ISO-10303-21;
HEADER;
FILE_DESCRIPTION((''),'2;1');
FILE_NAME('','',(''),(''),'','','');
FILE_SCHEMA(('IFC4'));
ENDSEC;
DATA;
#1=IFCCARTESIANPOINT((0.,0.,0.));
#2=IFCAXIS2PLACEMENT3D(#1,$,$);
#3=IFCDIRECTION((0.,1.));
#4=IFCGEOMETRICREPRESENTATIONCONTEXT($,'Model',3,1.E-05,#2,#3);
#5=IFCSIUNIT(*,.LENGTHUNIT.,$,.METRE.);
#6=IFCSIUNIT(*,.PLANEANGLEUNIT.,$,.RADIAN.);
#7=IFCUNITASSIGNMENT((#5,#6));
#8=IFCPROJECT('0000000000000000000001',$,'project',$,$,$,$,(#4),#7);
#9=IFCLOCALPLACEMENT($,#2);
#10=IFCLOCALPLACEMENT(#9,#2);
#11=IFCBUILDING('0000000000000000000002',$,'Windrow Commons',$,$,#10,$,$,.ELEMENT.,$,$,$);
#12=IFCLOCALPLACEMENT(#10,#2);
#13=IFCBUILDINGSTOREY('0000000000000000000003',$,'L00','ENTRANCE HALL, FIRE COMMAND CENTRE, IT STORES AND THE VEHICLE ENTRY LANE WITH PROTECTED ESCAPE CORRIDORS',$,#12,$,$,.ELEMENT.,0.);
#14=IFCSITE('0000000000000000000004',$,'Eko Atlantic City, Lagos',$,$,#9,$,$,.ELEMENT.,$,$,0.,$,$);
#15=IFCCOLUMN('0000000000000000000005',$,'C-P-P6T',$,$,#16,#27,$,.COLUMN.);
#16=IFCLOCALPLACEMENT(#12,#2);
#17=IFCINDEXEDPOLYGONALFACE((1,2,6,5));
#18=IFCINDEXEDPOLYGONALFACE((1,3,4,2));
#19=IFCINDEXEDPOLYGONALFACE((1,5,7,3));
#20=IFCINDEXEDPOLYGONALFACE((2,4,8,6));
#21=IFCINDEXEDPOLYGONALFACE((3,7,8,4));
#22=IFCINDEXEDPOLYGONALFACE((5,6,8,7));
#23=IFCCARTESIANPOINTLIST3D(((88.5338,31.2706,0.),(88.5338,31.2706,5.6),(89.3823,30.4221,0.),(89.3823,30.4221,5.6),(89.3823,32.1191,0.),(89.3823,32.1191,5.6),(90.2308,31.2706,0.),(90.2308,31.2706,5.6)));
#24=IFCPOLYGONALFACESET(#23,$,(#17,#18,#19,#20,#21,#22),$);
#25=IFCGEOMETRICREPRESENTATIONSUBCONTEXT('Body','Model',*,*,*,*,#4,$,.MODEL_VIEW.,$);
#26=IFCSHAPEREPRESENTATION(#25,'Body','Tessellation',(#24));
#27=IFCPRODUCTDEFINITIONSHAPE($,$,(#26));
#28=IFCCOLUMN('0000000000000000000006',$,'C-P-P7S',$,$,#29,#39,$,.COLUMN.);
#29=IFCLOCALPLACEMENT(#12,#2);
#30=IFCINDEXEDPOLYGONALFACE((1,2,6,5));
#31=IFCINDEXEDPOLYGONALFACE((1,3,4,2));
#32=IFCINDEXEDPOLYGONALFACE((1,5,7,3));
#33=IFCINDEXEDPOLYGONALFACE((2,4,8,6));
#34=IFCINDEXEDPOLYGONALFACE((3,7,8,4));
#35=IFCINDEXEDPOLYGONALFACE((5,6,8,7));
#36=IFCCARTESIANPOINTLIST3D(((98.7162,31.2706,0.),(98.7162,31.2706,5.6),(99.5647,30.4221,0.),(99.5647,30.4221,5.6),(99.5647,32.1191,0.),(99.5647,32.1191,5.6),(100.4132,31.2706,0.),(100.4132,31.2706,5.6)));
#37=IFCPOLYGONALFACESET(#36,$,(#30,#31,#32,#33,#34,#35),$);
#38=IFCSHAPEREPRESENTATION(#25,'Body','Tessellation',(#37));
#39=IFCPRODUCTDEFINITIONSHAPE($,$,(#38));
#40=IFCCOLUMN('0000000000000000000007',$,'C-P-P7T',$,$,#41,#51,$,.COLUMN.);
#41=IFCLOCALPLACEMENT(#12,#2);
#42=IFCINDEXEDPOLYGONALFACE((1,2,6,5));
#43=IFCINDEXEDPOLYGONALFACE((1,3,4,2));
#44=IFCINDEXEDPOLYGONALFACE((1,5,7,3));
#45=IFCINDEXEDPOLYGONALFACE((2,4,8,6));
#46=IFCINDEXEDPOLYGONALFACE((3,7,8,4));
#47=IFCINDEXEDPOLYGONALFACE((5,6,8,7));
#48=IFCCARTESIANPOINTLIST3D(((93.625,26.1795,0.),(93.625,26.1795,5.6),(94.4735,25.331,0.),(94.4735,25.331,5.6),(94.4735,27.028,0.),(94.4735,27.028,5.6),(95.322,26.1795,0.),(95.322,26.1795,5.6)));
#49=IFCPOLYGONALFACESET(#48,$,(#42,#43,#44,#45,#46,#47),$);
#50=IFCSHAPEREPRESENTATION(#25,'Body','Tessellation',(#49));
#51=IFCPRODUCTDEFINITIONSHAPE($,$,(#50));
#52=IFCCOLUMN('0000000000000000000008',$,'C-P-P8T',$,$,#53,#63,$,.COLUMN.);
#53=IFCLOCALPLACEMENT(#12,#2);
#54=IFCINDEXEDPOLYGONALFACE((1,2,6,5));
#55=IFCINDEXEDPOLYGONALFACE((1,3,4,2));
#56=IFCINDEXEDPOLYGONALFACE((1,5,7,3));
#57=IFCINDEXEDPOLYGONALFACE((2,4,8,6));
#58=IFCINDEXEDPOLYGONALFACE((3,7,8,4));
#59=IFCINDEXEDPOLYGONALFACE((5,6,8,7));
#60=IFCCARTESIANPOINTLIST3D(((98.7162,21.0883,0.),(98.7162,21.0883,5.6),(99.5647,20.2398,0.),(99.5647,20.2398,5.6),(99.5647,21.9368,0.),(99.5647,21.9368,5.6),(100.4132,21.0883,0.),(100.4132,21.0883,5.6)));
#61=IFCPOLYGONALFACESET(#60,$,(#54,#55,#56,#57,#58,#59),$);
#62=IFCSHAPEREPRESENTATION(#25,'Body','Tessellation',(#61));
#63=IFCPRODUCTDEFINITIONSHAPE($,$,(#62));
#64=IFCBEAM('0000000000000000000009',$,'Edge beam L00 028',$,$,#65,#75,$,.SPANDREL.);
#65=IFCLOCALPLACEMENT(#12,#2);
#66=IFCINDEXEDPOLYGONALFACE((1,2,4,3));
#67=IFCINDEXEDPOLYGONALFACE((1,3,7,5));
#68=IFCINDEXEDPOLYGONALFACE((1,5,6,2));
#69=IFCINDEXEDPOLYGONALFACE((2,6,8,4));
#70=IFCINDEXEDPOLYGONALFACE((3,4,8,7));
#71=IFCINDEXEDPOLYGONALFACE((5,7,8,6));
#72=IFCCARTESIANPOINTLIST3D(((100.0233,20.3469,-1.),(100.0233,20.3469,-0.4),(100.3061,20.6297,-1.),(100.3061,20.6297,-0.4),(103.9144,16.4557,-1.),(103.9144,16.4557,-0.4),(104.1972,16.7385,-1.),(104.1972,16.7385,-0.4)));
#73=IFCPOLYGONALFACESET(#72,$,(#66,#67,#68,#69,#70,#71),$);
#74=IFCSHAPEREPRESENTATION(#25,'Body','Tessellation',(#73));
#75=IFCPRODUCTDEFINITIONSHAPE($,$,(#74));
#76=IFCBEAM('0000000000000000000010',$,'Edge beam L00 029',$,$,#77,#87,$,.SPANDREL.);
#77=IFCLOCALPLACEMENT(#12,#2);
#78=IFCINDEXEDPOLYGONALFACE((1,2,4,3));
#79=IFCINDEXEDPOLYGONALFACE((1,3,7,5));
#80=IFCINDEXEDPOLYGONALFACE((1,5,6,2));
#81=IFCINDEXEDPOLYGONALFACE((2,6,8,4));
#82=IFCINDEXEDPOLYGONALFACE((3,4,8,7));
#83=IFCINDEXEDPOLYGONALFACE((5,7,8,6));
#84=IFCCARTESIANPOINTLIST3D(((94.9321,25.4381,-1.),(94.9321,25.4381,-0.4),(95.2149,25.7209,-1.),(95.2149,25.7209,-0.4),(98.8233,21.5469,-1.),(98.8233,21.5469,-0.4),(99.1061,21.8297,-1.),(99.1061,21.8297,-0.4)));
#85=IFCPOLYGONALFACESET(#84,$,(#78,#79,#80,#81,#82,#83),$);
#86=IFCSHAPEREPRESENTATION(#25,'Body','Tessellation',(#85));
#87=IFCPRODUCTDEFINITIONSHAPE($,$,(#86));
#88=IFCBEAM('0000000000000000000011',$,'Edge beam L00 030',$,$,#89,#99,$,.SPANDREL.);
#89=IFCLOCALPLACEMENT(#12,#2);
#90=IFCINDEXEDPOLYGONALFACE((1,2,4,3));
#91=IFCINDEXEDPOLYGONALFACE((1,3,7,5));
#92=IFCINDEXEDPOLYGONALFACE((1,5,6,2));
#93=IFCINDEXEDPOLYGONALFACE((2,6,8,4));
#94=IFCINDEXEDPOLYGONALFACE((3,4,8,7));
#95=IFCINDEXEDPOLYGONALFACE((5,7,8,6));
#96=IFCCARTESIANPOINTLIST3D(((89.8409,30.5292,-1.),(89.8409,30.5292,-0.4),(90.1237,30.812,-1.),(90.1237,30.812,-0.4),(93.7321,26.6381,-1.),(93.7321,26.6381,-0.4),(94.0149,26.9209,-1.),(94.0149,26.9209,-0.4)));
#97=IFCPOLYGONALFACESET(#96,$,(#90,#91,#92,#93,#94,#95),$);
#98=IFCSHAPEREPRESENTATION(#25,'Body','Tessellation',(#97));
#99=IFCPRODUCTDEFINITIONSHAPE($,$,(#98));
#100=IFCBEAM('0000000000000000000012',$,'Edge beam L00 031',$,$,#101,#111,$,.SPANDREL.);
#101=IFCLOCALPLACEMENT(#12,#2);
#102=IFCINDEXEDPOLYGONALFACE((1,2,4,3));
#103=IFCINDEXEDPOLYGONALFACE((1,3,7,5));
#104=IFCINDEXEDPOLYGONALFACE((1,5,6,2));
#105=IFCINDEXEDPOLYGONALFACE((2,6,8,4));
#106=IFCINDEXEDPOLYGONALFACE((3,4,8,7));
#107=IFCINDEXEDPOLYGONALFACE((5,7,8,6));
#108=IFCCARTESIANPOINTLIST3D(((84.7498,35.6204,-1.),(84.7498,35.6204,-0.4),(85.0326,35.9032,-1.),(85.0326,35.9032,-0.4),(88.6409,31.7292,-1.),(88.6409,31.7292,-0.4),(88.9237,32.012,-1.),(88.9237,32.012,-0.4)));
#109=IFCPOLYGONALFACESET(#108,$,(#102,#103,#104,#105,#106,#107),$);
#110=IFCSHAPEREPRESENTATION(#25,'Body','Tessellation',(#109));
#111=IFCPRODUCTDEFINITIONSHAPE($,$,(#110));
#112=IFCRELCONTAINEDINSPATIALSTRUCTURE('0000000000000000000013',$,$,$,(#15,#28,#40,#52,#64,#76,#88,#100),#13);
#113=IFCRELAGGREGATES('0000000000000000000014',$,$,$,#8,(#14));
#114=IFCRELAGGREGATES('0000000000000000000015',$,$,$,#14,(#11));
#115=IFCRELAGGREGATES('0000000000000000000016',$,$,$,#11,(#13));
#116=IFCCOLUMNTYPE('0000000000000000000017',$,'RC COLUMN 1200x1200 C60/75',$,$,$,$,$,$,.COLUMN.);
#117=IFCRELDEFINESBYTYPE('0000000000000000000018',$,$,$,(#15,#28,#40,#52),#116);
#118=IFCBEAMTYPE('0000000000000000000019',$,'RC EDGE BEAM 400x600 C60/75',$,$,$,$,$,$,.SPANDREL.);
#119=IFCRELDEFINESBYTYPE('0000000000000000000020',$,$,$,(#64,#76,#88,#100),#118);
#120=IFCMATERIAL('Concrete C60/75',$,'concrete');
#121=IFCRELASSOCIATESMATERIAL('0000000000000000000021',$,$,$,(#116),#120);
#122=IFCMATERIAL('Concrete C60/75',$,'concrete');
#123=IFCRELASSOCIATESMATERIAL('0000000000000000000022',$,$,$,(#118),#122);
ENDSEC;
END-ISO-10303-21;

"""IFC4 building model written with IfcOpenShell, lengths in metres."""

from ifc_helpers import new_model, si_unit, direction, frame, origin, origin_2d, place, context, subcontext, project, spatial, rectangle, extrude, material, material_profile, profile_set, type_object, element, save


model = new_model("IFC4")

# Units and contexts
model_context = context("Model", 3, precision=1e-05, world=origin(), true_north=direction((0.0, 1.0)))
body_context = subcontext(model_context, "Body", "Model", "MODEL_VIEW")
ifc_project = project(units=[si_unit("LENGTHUNIT", "METRE"), si_unit("PLANEANGLEUNIT", "RADIAN")], contexts=[model_context])

# Site, building, storey
site_placement = place(None, origin())
site = spatial("IfcSite", under=ifc_project, at=site_placement, Name="Eko Atlantic City, Lagos", CompositionType="ELEMENT", RefElevation=0.0)
building_placement = place(site_placement, origin())
building = spatial("IfcBuilding", under=site, at=building_placement, Name="Windrow Commons", CompositionType="ELEMENT")
storey_placement = place(building_placement, origin())
storey = spatial("IfcBuildingStorey", under=building, at=storey_placement, Name="L00", Description="ENTRANCE HALL, FIRE COMMAND CENTRE, IT STORES AND THE VEHICLE ENTRY LANE WITH PROTECTED ESCAPE CORRIDORS", CompositionType="ELEMENT", Elevation=0.0)

# Columns
ifc_material_1 = material(Name="Concrete C60/75", Category="concrete")
ifc_material_profile_1 = material_profile(ifc_material_1, rectangle(XDim=1.2, YDim=1.2, at=origin_2d()))
ifc_profile_set_1 = profile_set([ifc_material_profile_1], Name="Concrete C60/75")
column_type = type_object("IfcColumnType", Name="RC COLUMN 1200x1200 C60/75", PredefinedType="COLUMN", material=ifc_profile_set_1)
for number, where, z_axis, x_axis, name in (
    (1, (89.3823, 31.2706, 0.0), (0.0, 0.0, 1.0), (0.707107, -0.707107, 0.0), "C-P-P6T"),
    (2, (99.5647, 31.2706, 0.0), (0.0, 0.0, 1.0), (0.707107, -0.707107, 0.0), "C-P-P7S"),
    (3, (94.4735, 26.1795, 0.0), (0.0, 0.0, 1.0), (0.707107, -0.707107, 0.0), "C-P-P7T"),
    (4, (99.5647, 21.0883, 0.0), (0.0, 0.0, 1.0), (0.707107, -0.707107, 0.0), "C-P-P8T"),
):
    element("IfcColumn", number, at=place(storey_placement, frame(where, z_axis=z_axis, x_axis=x_axis)), inside=storey, type_object=column_type, Name=name, PredefinedType="COLUMN", context=body_context, shape_type="SweptSolid", body=[
        extrude(rectangle(XDim=1.2, YDim=1.2, at=origin_2d()), origin(), (0.0, 0.0, 1.0), 5.6),
    ])

# Beams
ifc_material_2 = material(Name="Concrete C60/75", Category="concrete")
ifc_material_profile_2 = material_profile(ifc_material_2, rectangle(XDim=0.4, YDim=0.6, at=origin_2d()))
ifc_profile_set_2 = profile_set([ifc_material_profile_2], Name="Concrete C60/75")
beam_type = type_object("IfcBeamType", Name="RC EDGE BEAM 400x600 C60/75", PredefinedType="SPANDREL", material=ifc_profile_set_2)
beam_1_placement = place(storey_placement, frame((104.0558, 16.5971, -0.7), z_axis=(-0.707098, 0.707116, 0.0), x_axis=(-0.707116, -0.707098, 0.0)))
element("IfcBeam", 5, at=beam_1_placement, inside=storey, type_object=beam_type, Name="Edge beam L00 028", PredefinedType="SPANDREL", context=body_context, shape_type="SweptSolid", body=[
    extrude(rectangle(XDim=0.4, YDim=0.6, at=origin_2d()), origin(), (0.0, 0.0, 1.0), 5.5029),
])
beam_2_placement = place(storey_placement, frame((98.9647, 21.6883, -0.7), z_axis=(-0.707107, 0.707107, 0.0), x_axis=(-0.707107, -0.707107, 0.0)))
element("IfcBeam", 6, at=beam_2_placement, inside=storey, type_object=beam_type, Name="Edge beam L00 029", PredefinedType="SPANDREL", context=body_context, shape_type="SweptSolid", body=[
    extrude(rectangle(XDim=0.4, YDim=0.6, at=origin_2d()), origin(), (0.0, 0.0, 1.0), 5.503),
])
for number, where, z_axis, x_axis, name in (
    (7, (93.8735, 26.7795, -0.7), (-0.707116, 0.707098, 0.0), (-0.707098, -0.707116, 0.0), "Edge beam L00 030"),
    (8, (88.7823, 31.8706, -0.7), (-0.707098, 0.707116, 0.0), (-0.707116, -0.707098, 0.0), "Edge beam L00 031"),
):
    element("IfcBeam", number, at=place(storey_placement, frame(where, z_axis=z_axis, x_axis=x_axis)), inside=storey, type_object=beam_type, Name=name, PredefinedType="SPANDREL", context=body_context, shape_type="SweptSolid", body=[
        extrude(rectangle(XDim=0.4, YDim=0.6, at=origin_2d()), origin(), (0.0, 0.0, 1.0), 5.5029),
    ])

save(model, "model.ifc")
